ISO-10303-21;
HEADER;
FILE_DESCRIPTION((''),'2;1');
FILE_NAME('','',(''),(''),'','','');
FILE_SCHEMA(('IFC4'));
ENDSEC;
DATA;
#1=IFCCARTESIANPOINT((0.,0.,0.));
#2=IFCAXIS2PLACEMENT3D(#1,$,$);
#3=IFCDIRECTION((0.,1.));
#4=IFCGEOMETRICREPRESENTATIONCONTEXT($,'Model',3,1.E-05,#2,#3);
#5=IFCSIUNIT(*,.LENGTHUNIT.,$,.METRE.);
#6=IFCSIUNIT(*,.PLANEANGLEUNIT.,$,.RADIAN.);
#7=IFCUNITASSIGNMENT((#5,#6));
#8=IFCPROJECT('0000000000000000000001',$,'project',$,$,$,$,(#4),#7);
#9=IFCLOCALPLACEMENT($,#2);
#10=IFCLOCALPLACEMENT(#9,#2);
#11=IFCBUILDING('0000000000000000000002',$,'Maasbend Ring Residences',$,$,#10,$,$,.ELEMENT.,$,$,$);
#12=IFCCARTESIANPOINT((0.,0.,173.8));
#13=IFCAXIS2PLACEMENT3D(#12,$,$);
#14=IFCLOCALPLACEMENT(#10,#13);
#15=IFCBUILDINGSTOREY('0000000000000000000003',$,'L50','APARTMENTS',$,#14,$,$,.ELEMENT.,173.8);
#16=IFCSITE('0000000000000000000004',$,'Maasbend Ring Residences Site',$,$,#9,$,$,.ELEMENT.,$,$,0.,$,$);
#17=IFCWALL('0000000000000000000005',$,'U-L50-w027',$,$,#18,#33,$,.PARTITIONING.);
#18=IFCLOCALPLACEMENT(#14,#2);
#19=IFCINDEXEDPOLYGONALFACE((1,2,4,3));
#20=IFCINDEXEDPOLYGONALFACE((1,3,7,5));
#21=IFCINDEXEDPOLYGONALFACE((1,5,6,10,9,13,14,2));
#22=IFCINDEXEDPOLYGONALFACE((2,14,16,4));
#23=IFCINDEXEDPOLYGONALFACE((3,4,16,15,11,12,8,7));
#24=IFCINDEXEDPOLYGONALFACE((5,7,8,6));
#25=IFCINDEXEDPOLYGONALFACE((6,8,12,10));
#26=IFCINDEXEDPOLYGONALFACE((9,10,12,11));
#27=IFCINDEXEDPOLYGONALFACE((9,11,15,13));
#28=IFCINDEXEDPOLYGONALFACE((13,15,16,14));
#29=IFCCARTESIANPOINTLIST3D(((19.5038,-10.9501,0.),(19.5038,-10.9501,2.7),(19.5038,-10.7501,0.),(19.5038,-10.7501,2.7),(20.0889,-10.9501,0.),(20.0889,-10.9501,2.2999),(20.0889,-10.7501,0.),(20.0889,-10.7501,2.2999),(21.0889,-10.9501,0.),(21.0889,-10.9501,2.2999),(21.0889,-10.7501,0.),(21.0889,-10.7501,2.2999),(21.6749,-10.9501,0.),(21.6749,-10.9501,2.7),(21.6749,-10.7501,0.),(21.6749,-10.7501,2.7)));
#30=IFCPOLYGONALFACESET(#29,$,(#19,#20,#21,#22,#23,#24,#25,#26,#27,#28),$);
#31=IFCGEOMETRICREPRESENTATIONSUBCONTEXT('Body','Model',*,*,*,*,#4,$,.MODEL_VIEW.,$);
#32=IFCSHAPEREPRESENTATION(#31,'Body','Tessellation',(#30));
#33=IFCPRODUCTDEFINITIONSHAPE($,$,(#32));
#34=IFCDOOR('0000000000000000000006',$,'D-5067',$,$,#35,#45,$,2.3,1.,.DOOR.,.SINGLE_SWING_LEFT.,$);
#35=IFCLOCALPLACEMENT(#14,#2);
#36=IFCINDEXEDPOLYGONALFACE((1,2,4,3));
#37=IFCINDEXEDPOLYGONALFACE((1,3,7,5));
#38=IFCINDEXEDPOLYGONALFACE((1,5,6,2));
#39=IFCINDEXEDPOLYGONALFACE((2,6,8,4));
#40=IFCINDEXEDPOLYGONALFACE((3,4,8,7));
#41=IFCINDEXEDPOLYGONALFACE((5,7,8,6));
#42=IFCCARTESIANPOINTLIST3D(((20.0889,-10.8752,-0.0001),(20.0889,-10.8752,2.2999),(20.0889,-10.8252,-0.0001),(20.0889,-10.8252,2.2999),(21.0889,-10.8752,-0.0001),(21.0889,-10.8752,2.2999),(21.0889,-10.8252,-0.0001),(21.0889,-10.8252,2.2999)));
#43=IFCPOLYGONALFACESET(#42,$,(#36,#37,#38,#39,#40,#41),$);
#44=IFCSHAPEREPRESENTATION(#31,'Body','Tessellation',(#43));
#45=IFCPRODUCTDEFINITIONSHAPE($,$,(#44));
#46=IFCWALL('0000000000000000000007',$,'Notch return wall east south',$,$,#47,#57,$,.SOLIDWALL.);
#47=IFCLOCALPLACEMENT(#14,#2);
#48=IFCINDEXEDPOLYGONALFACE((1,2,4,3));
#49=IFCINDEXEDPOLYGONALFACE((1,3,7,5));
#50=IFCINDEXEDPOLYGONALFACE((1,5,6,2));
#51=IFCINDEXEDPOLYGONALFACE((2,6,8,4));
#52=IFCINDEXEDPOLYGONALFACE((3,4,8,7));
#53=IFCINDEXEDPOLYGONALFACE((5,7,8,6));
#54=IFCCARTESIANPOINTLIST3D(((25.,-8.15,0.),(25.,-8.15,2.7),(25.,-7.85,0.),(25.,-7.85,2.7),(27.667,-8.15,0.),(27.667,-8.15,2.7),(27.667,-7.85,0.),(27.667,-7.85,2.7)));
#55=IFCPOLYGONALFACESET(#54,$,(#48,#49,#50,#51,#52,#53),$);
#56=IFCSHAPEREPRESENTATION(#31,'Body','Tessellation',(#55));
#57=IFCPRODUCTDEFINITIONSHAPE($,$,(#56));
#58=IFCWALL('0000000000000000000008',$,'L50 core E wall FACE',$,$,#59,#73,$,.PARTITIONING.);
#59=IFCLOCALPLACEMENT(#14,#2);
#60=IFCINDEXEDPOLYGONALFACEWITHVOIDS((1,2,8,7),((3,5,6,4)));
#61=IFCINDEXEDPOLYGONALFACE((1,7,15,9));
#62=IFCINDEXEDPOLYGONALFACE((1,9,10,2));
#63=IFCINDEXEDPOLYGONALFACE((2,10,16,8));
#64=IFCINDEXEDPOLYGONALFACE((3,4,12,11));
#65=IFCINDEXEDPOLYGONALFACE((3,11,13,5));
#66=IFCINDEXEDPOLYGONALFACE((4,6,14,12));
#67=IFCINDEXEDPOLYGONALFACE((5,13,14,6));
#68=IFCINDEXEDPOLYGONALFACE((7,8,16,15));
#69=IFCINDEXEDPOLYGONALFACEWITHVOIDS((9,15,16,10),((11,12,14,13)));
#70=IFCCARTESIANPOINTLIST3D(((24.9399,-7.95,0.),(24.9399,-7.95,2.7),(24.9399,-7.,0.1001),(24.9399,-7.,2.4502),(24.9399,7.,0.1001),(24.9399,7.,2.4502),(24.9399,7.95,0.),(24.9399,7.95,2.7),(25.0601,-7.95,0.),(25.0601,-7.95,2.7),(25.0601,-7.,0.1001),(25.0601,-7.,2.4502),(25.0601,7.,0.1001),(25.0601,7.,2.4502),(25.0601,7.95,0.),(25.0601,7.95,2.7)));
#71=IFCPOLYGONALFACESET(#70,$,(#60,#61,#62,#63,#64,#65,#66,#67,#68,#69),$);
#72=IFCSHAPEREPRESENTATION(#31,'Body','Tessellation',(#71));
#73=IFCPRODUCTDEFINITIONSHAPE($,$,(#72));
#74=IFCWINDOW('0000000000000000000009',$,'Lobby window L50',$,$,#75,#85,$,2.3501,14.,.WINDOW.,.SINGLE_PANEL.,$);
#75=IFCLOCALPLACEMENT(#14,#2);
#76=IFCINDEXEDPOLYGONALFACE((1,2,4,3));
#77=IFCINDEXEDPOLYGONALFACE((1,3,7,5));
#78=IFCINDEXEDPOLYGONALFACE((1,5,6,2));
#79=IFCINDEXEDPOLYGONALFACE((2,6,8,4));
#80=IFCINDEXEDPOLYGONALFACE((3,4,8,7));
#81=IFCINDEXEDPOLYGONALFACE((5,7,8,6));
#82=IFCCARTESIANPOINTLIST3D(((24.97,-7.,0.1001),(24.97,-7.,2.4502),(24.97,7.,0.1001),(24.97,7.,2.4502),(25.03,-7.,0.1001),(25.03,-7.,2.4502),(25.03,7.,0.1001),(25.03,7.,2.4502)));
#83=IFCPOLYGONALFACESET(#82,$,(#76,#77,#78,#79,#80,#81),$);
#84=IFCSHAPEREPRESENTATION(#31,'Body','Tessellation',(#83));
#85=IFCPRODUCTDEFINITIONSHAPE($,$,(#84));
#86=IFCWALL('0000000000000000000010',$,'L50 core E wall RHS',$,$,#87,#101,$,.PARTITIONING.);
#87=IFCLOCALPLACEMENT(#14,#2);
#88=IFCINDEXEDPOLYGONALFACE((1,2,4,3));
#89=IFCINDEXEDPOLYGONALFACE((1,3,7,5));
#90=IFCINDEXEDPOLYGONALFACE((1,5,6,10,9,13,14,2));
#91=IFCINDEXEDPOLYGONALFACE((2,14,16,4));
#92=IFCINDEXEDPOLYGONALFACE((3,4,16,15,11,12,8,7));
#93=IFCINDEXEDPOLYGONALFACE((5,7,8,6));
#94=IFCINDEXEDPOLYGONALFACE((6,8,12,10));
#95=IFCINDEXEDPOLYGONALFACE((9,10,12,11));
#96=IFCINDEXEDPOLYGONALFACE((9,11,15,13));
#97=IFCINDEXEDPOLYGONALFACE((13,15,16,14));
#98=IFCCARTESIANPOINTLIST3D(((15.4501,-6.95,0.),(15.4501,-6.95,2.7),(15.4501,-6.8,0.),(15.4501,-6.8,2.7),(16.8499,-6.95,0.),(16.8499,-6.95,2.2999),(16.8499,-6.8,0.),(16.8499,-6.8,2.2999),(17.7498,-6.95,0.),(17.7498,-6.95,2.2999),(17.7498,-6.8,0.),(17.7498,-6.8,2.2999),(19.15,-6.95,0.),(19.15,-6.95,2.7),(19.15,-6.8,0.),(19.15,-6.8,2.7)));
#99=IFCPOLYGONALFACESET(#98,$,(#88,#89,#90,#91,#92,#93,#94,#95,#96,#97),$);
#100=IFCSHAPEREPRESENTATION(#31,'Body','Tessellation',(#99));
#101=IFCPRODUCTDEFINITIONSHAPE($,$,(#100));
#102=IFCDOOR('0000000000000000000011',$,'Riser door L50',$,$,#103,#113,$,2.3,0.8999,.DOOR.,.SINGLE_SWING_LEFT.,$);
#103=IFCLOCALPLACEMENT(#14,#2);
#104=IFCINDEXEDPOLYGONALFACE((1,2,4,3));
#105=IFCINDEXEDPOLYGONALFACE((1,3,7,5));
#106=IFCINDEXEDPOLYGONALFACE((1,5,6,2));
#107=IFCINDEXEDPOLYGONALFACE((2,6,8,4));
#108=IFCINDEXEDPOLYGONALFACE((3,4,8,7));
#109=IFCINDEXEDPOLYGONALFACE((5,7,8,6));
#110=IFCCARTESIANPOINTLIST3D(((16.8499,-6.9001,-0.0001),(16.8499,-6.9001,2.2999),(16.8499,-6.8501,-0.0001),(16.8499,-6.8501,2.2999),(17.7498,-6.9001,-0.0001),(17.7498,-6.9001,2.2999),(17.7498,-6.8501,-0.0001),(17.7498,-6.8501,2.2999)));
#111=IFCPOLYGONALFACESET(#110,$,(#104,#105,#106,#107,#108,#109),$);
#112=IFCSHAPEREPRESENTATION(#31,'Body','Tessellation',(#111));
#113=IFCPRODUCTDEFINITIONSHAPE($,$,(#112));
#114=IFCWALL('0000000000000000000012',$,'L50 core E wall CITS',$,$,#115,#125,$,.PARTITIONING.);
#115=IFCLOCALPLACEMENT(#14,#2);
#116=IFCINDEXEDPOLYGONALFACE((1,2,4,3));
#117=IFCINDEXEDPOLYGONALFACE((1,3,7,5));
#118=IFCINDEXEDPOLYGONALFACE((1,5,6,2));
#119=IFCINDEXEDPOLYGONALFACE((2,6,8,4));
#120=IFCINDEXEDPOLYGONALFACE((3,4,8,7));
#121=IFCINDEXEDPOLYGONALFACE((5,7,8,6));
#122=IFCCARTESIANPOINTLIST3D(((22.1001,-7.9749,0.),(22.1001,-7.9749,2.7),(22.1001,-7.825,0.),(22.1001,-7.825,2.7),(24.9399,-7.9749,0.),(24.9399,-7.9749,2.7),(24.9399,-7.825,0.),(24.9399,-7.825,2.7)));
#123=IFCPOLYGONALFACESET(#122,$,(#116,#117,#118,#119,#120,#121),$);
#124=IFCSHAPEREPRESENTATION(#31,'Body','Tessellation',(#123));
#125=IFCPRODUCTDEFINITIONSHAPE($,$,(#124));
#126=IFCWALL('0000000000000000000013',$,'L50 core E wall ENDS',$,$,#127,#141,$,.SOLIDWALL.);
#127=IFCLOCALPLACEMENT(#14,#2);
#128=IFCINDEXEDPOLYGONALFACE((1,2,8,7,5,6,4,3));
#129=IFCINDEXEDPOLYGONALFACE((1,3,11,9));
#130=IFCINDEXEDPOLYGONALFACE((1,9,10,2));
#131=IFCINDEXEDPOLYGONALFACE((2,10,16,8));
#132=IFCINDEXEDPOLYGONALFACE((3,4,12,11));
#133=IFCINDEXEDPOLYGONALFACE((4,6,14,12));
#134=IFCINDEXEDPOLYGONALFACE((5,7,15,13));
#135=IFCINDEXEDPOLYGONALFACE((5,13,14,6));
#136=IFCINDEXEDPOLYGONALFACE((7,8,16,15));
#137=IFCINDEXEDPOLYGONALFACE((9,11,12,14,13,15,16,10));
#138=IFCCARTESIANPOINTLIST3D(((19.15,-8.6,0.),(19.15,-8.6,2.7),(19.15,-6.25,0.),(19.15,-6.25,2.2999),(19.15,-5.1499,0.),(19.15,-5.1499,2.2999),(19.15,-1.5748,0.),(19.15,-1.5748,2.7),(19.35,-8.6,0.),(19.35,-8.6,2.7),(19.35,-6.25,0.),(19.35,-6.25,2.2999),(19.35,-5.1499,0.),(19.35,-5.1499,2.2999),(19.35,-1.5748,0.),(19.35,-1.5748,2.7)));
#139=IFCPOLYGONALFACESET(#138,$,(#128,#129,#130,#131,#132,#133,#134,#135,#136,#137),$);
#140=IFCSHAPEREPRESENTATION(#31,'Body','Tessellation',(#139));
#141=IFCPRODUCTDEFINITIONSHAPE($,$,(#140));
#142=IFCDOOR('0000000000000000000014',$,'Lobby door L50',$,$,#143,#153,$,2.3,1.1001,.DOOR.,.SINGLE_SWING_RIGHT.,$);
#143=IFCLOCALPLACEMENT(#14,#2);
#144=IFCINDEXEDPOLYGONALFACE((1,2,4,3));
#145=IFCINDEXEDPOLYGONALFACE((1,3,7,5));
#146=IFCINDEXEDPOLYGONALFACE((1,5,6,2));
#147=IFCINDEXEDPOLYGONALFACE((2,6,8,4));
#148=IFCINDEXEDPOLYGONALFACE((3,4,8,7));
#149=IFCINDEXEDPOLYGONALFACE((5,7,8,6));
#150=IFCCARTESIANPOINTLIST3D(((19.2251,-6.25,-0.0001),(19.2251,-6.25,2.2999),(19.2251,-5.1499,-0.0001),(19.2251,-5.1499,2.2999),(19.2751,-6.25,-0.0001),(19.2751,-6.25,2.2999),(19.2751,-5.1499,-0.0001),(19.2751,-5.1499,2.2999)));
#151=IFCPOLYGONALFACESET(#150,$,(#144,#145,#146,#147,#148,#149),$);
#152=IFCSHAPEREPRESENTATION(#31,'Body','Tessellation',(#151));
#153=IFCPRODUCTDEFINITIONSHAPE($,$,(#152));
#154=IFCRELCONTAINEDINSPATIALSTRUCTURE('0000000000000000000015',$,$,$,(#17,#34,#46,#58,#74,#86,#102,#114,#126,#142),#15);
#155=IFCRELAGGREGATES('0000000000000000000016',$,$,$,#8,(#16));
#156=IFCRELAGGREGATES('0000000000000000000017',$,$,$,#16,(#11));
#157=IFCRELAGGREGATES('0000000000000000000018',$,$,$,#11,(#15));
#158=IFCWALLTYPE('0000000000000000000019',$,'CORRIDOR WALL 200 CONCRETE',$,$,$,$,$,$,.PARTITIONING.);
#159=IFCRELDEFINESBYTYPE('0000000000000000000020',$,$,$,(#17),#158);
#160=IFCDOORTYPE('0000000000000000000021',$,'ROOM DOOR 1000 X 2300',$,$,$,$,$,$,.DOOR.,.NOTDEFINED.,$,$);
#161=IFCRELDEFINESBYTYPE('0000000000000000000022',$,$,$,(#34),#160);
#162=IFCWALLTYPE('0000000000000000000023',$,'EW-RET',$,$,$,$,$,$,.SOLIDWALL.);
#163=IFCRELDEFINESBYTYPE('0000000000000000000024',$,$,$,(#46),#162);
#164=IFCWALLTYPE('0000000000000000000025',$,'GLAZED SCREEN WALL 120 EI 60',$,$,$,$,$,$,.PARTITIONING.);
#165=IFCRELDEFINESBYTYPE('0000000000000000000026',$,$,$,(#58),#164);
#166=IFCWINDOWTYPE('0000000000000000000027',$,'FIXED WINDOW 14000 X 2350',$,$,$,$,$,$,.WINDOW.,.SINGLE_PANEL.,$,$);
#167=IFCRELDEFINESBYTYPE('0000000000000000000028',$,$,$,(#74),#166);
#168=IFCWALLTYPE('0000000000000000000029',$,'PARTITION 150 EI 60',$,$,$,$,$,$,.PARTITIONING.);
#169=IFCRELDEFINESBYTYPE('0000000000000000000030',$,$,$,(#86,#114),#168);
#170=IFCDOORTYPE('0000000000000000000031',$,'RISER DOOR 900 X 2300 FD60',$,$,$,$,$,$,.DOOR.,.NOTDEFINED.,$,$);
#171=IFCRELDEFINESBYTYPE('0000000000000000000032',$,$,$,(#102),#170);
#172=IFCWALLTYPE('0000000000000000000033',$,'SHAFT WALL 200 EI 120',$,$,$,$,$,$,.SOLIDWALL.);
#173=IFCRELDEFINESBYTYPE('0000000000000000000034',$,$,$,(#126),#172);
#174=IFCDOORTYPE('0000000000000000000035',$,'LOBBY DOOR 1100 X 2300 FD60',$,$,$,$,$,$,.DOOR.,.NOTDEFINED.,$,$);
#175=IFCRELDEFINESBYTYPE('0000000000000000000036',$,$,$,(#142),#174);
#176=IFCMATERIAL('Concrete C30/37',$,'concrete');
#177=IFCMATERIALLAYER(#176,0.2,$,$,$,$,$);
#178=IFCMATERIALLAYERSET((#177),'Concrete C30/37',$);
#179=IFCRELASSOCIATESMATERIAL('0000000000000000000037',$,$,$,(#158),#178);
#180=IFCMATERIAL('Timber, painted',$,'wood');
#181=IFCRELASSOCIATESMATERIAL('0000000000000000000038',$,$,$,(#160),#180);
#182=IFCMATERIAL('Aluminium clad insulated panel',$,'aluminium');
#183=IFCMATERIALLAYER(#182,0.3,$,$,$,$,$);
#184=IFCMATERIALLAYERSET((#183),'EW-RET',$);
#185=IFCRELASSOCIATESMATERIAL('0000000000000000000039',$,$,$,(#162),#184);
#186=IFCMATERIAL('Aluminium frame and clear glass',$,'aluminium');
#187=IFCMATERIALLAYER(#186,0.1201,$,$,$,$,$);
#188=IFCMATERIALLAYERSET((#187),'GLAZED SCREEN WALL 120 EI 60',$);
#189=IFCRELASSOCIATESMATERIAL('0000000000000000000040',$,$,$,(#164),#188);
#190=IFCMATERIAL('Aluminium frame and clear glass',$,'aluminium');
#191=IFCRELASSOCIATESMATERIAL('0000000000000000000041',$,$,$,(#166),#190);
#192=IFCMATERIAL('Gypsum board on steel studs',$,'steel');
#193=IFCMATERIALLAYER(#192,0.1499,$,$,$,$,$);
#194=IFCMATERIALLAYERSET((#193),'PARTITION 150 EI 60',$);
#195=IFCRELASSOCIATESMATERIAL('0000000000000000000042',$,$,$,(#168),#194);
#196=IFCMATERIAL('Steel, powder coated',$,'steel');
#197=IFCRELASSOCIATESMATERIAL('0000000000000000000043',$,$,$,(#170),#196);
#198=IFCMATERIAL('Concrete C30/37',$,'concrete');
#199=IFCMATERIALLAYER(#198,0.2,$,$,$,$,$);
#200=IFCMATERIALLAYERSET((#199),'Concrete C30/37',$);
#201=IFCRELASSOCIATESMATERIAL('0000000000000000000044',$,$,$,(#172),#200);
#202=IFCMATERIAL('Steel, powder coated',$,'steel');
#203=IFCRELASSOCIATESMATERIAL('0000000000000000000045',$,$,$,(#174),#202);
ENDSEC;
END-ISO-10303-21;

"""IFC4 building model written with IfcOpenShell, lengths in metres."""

from ifc_helpers import new_model, si_unit, direction, frame, frame_2d, origin, place, context, subcontext, project, spatial, rectangle, extrude, material, layer, layer_set, type_object, element, fill, save


model = new_model("IFC4")

# Units and contexts
model_context = context("Model", 3, precision=1e-05, world=origin(), true_north=direction((0.0, 1.0)))
body_context = subcontext(model_context, "Body", "Model", "MODEL_VIEW")
ifc_project = project(units=[si_unit("LENGTHUNIT", "METRE"), si_unit("PLANEANGLEUNIT", "RADIAN")], contexts=[model_context])

# Site, building, storey
site_placement = place(None, origin())
site = spatial("IfcSite", under=ifc_project, at=site_placement, Name="Maasbend Ring Residences Site", CompositionType="ELEMENT", RefElevation=0.0)
building_placement = place(site_placement, origin())
building = spatial("IfcBuilding", under=site, at=building_placement, Name="Maasbend Ring Residences", CompositionType="ELEMENT")
storey_placement = place(building_placement, frame((0.0, 0.0, 173.8)))
storey = spatial("IfcBuildingStorey", under=building, at=storey_placement, Name="L50", Description="APARTMENTS", CompositionType="ELEMENT", Elevation=173.8)

# Shared definitions
ifc_material_1 = material(Name="Concrete C30/37", Category="concrete")
ifc_layer_1 = layer(ifc_material_1, 0.2)
ifc_layer_set_1 = layer_set([ifc_layer_1], Name="Concrete C30/37")
wall_type_1 = type_object("IfcWallType", Name="CORRIDOR WALL 200 CONCRETE", PredefinedType="PARTITIONING", material=ifc_layer_set_1)

# Wall, opening, door
wall_1_placement = place(storey_placement, frame((19.5039, -10.8501, 0.0), z_axis=(0.0, 0.0, 1.0), x_axis=(1.0, 0.0, 0.0)))
wall_1 = element("IfcWall", 1, at=wall_1_placement, inside=storey, type_object=wall_type_1, Name="U-L50-w027", PredefinedType="PARTITIONING", context=body_context, shape_type="SweptSolid", body=[
    extrude(rectangle(XDim=2.1711, YDim=0.2, at=frame_2d((1.0854, 0.0))), origin(), (0.0, 0.0, 1.0), 2.7),
])
opening_1_placement = place(wall_1_placement, frame((0.585, 0.0, 0.0)))
opening_1 = element("IfcOpeningElement", 2, at=opening_1_placement, cuts=wall_1, PredefinedType="OPENING", context=body_context, shape_type="SweptSolid", body=[
    extrude(rectangle(XDim=1.0, YDim=2.3, at=frame_2d((0.5, 1.1499))), frame((0.0, 0.1099, 0.0), z_axis=(0.0, -1.0, 0.0), x_axis=(1.0, 0.0, 0.0)), (0.0, 0.0, 1.0), 0.22),
])
ifc_material_2 = material(Name="Timber, painted", Category="wood")
door_type_1 = type_object("IfcDoorType", Name="ROOM DOOR 1000 X 2300", OperationType="NOTDEFINED", PredefinedType="DOOR", material=ifc_material_2)
door_1_placement = place(opening_1_placement, origin())
door_1 = element("IfcDoor", 3, at=door_1_placement, inside=storey, type_object=door_type_1, Name="D-5067", OperationType="SINGLE_SWING_LEFT", OverallHeight=2.3, OverallWidth=1.0, PredefinedType="DOOR", context=body_context, shape_type="SweptSolid", body=[
    extrude(rectangle(XDim=1.0, YDim=2.3, at=frame_2d((0.5, 1.1499))), frame((0.0, 0.0249, 0.0), z_axis=(0.0, -1.0, 0.0), x_axis=(1.0, 0.0, 0.0)), (0.0, 0.0, 1.0), 0.05),
])
fill(opening_1, door_1)

# Wall
ifc_material_3 = material(Name="Aluminium clad insulated panel", Category="aluminium")
ifc_layer_2 = layer(ifc_material_3, 0.3)
ifc_layer_set_2 = layer_set([ifc_layer_2], Name="EW-RET")
wall_type_2 = type_object("IfcWallType", Name="EW-RET", PredefinedType="SOLIDWALL", material=ifc_layer_set_2)
wall_2_placement = place(storey_placement, frame((25.0, -8.0, 0.0), z_axis=(0.0, 0.0, 1.0), x_axis=(1.0, 0.0, 0.0)))
element("IfcWall", 4, at=wall_2_placement, inside=storey, type_object=wall_type_2, Name="Notch return wall east south", PredefinedType="SOLIDWALL", context=body_context, shape_type="SweptSolid", body=[
    extrude(rectangle(XDim=2.667, YDim=0.3, at=frame_2d((1.3335, 0.0))), origin(), (0.0, 0.0, 1.0), 2.7),
])

# Wall, opening, window
ifc_material_4 = material(Name="Aluminium frame and clear glass", Category="aluminium")
ifc_layer_3 = layer(ifc_material_4, 0.1201)
ifc_layer_set_3 = layer_set([ifc_layer_3], Name="GLAZED SCREEN WALL 120 EI 60")
wall_type_3 = type_object("IfcWallType", Name="GLAZED SCREEN WALL 120 EI 60", PredefinedType="PARTITIONING", material=ifc_layer_set_3)
wall_3_placement = place(storey_placement, frame((25.0, -7.95, 0.0), z_axis=(0.0, 0.0, 1.0), x_axis=(0.0, 1.0, 0.0)))
wall_3 = element("IfcWall", 5, at=wall_3_placement, inside=storey, type_object=wall_type_3, Name="L50 core E wall FACE", PredefinedType="PARTITIONING", context=body_context, shape_type="SweptSolid", body=[
    extrude(rectangle(XDim=15.8999, YDim=0.1201, at=frame_2d((7.95, 0.0))), origin(), (0.0, 0.0, 1.0), 2.7),
])
opening_2_placement = place(wall_3_placement, frame((0.95, 0.0, 0.1001)))
opening_2 = element("IfcOpeningElement", 6, at=opening_2_placement, cuts=wall_3, PredefinedType="OPENING", context=body_context, shape_type="SweptSolid", body=[
    extrude(rectangle(XDim=14.0, YDim=2.3501, at=frame_2d((7.0, 1.175))), frame((0.0, 0.0701, 0.0), z_axis=(0.0, -1.0, 0.0), x_axis=(1.0, 0.0, 0.0)), (0.0, 0.0, 1.0), 0.1401),
])
ifc_material_5 = material(Name="Aluminium frame and clear glass", Category="aluminium")
window_type = type_object("IfcWindowType", Name="FIXED WINDOW 14000 X 2350", PartitioningType="SINGLE_PANEL", PredefinedType="WINDOW", material=ifc_material_5)
window_placement = place(opening_2_placement, origin())
window = element("IfcWindow", 7, at=window_placement, inside=storey, type_object=window_type, Name="Lobby window L50", OverallHeight=2.3501, OverallWidth=14.0, PartitioningType="SINGLE_PANEL", PredefinedType="WINDOW", context=body_context, shape_type="SweptSolid", body=[
    extrude(rectangle(XDim=14.0, YDim=2.3501, at=frame_2d((7.0, 1.175))), frame((0.0, 0.03, 0.0), z_axis=(0.0, -1.0, 0.0), x_axis=(1.0, 0.0, 0.0)), (0.0, 0.0, 1.0), 0.0601),
])
fill(opening_2, window)

# Wall, opening, door
ifc_material_6 = material(Name="Gypsum board on steel studs", Category="steel")
ifc_layer_4 = layer(ifc_material_6, 0.1499)
ifc_layer_set_4 = layer_set([ifc_layer_4], Name="PARTITION 150 EI 60")
wall_type_4 = type_object("IfcWallType", Name="PARTITION 150 EI 60", PredefinedType="PARTITIONING", material=ifc_layer_set_4)
wall_4_placement = place(storey_placement, frame((15.45, -6.875, 0.0), z_axis=(0.0, 0.0, 1.0), x_axis=(1.0, 0.0, 0.0)))
wall_4 = element("IfcWall", 8, at=wall_4_placement, inside=storey, type_object=wall_type_4, Name="L50 core E wall RHS", PredefinedType="PARTITIONING", context=body_context, shape_type="SweptSolid", body=[
    extrude(rectangle(XDim=3.7, YDim=0.1499, at=frame_2d((1.8501, 0.0))), origin(), (0.0, 0.0, 1.0), 2.7),
])
opening_3_placement = place(wall_4_placement, frame((1.3999, 0.0, 0.0)))
opening_3 = element("IfcOpeningElement", 9, at=opening_3_placement, cuts=wall_4, PredefinedType="OPENING", context=body_context, shape_type="SweptSolid", body=[
    extrude(rectangle(XDim=0.8999, YDim=2.3, at=frame_2d((0.45, 1.1499))), frame((0.0, 0.085, 0.0), z_axis=(0.0, -1.0, 0.0), x_axis=(1.0, 0.0, 0.0)), (0.0, 0.0, 1.0), 0.1699),
])
ifc_material_7 = material(Name="Steel, powder coated", Category="steel")
door_type_2 = type_object("IfcDoorType", Name="RISER DOOR 900 X 2300 FD60", OperationType="NOTDEFINED", PredefinedType="DOOR", material=ifc_material_7)
door_2_placement = place(opening_3_placement, origin())
door_2 = element("IfcDoor", 10, at=door_2_placement, inside=storey, type_object=door_type_2, Name="Riser door L50", OperationType="SINGLE_SWING_LEFT", OverallHeight=2.3, OverallWidth=0.8999, PredefinedType="DOOR", context=body_context, shape_type="SweptSolid", body=[
    extrude(rectangle(XDim=0.8999, YDim=2.3, at=frame_2d((0.45, 1.1499))), frame((0.0, 0.0249, 0.0), z_axis=(0.0, -1.0, 0.0), x_axis=(1.0, 0.0, 0.0)), (0.0, 0.0, 1.0), 0.05),
])
fill(opening_3, door_2)

# Wall
wall_5_placement = place(storey_placement, frame((22.1001, -7.8999, 0.0), z_axis=(0.0, 0.0, 1.0), x_axis=(1.0, 0.0, 0.0)))
element("IfcWall", 11, at=wall_5_placement, inside=storey, type_object=wall_type_4, Name="L50 core E wall CITS", PredefinedType="PARTITIONING", context=body_context, shape_type="SweptSolid", body=[
    extrude(rectangle(XDim=2.8398, YDim=0.1499, at=frame_2d((1.4199, 0.0))), origin(), (0.0, 0.0, 1.0), 2.7),
])

# Wall, opening, door
ifc_material_8 = material(Name="Concrete C30/37", Category="concrete")
ifc_layer_5 = layer(ifc_material_8, 0.2)
ifc_layer_set_5 = layer_set([ifc_layer_5], Name="Concrete C30/37")
wall_type_5 = type_object("IfcWallType", Name="SHAFT WALL 200 EI 120", PredefinedType="SOLIDWALL", material=ifc_layer_set_5)
wall_6_placement = place(storey_placement, frame((19.25, -8.6001, 0.0), z_axis=(0.0, 0.0, 1.0), x_axis=(0.0, 1.0, 0.0)))
wall_6 = element("IfcWall", 12, at=wall_6_placement, inside=storey, type_object=wall_type_5, Name="L50 core E wall ENDS", PredefinedType="SOLIDWALL", context=body_context, shape_type="SweptSolid", body=[
    extrude(rectangle(XDim=7.0251, YDim=0.2, at=frame_2d((3.5127, 0.0))), origin(), (0.0, 0.0, 1.0), 2.7),
])
opening_4_placement = place(wall_6_placement, frame((2.3501, 0.0, 0.0)))
opening_4 = element("IfcOpeningElement", 13, at=opening_4_placement, cuts=wall_6, PredefinedType="OPENING", context=body_context, shape_type="SweptSolid", body=[
    extrude(rectangle(XDim=1.1001, YDim=2.3, at=frame_2d((0.55, 1.1499))), frame((0.0, 0.1099, 0.0), z_axis=(0.0, -1.0, 0.0), x_axis=(1.0, 0.0, 0.0)), (0.0, 0.0, 1.0), 0.22),
])
ifc_material_9 = material(Name="Steel, powder coated", Category="steel")
door_type_3 = type_object("IfcDoorType", Name="LOBBY DOOR 1100 X 2300 FD60", OperationType="NOTDEFINED", PredefinedType="DOOR", material=ifc_material_9)
door_3_placement = place(opening_4_placement, origin())
door_3 = element("IfcDoor", 14, at=door_3_placement, inside=storey, type_object=door_type_3, Name="Lobby door L50", OperationType="SINGLE_SWING_RIGHT", OverallHeight=2.3, OverallWidth=1.1001, PredefinedType="DOOR", context=body_context, shape_type="SweptSolid", body=[
    extrude(rectangle(XDim=1.1001, YDim=2.3, at=frame_2d((0.55, 1.1499))), frame((0.0, 0.0249, 0.0), z_axis=(0.0, -1.0, 0.0), x_axis=(1.0, 0.0, 0.0)), (0.0, 0.0, 1.0), 0.05),
])
fill(opening_4, door_3)

save(model, "model.ifc")
